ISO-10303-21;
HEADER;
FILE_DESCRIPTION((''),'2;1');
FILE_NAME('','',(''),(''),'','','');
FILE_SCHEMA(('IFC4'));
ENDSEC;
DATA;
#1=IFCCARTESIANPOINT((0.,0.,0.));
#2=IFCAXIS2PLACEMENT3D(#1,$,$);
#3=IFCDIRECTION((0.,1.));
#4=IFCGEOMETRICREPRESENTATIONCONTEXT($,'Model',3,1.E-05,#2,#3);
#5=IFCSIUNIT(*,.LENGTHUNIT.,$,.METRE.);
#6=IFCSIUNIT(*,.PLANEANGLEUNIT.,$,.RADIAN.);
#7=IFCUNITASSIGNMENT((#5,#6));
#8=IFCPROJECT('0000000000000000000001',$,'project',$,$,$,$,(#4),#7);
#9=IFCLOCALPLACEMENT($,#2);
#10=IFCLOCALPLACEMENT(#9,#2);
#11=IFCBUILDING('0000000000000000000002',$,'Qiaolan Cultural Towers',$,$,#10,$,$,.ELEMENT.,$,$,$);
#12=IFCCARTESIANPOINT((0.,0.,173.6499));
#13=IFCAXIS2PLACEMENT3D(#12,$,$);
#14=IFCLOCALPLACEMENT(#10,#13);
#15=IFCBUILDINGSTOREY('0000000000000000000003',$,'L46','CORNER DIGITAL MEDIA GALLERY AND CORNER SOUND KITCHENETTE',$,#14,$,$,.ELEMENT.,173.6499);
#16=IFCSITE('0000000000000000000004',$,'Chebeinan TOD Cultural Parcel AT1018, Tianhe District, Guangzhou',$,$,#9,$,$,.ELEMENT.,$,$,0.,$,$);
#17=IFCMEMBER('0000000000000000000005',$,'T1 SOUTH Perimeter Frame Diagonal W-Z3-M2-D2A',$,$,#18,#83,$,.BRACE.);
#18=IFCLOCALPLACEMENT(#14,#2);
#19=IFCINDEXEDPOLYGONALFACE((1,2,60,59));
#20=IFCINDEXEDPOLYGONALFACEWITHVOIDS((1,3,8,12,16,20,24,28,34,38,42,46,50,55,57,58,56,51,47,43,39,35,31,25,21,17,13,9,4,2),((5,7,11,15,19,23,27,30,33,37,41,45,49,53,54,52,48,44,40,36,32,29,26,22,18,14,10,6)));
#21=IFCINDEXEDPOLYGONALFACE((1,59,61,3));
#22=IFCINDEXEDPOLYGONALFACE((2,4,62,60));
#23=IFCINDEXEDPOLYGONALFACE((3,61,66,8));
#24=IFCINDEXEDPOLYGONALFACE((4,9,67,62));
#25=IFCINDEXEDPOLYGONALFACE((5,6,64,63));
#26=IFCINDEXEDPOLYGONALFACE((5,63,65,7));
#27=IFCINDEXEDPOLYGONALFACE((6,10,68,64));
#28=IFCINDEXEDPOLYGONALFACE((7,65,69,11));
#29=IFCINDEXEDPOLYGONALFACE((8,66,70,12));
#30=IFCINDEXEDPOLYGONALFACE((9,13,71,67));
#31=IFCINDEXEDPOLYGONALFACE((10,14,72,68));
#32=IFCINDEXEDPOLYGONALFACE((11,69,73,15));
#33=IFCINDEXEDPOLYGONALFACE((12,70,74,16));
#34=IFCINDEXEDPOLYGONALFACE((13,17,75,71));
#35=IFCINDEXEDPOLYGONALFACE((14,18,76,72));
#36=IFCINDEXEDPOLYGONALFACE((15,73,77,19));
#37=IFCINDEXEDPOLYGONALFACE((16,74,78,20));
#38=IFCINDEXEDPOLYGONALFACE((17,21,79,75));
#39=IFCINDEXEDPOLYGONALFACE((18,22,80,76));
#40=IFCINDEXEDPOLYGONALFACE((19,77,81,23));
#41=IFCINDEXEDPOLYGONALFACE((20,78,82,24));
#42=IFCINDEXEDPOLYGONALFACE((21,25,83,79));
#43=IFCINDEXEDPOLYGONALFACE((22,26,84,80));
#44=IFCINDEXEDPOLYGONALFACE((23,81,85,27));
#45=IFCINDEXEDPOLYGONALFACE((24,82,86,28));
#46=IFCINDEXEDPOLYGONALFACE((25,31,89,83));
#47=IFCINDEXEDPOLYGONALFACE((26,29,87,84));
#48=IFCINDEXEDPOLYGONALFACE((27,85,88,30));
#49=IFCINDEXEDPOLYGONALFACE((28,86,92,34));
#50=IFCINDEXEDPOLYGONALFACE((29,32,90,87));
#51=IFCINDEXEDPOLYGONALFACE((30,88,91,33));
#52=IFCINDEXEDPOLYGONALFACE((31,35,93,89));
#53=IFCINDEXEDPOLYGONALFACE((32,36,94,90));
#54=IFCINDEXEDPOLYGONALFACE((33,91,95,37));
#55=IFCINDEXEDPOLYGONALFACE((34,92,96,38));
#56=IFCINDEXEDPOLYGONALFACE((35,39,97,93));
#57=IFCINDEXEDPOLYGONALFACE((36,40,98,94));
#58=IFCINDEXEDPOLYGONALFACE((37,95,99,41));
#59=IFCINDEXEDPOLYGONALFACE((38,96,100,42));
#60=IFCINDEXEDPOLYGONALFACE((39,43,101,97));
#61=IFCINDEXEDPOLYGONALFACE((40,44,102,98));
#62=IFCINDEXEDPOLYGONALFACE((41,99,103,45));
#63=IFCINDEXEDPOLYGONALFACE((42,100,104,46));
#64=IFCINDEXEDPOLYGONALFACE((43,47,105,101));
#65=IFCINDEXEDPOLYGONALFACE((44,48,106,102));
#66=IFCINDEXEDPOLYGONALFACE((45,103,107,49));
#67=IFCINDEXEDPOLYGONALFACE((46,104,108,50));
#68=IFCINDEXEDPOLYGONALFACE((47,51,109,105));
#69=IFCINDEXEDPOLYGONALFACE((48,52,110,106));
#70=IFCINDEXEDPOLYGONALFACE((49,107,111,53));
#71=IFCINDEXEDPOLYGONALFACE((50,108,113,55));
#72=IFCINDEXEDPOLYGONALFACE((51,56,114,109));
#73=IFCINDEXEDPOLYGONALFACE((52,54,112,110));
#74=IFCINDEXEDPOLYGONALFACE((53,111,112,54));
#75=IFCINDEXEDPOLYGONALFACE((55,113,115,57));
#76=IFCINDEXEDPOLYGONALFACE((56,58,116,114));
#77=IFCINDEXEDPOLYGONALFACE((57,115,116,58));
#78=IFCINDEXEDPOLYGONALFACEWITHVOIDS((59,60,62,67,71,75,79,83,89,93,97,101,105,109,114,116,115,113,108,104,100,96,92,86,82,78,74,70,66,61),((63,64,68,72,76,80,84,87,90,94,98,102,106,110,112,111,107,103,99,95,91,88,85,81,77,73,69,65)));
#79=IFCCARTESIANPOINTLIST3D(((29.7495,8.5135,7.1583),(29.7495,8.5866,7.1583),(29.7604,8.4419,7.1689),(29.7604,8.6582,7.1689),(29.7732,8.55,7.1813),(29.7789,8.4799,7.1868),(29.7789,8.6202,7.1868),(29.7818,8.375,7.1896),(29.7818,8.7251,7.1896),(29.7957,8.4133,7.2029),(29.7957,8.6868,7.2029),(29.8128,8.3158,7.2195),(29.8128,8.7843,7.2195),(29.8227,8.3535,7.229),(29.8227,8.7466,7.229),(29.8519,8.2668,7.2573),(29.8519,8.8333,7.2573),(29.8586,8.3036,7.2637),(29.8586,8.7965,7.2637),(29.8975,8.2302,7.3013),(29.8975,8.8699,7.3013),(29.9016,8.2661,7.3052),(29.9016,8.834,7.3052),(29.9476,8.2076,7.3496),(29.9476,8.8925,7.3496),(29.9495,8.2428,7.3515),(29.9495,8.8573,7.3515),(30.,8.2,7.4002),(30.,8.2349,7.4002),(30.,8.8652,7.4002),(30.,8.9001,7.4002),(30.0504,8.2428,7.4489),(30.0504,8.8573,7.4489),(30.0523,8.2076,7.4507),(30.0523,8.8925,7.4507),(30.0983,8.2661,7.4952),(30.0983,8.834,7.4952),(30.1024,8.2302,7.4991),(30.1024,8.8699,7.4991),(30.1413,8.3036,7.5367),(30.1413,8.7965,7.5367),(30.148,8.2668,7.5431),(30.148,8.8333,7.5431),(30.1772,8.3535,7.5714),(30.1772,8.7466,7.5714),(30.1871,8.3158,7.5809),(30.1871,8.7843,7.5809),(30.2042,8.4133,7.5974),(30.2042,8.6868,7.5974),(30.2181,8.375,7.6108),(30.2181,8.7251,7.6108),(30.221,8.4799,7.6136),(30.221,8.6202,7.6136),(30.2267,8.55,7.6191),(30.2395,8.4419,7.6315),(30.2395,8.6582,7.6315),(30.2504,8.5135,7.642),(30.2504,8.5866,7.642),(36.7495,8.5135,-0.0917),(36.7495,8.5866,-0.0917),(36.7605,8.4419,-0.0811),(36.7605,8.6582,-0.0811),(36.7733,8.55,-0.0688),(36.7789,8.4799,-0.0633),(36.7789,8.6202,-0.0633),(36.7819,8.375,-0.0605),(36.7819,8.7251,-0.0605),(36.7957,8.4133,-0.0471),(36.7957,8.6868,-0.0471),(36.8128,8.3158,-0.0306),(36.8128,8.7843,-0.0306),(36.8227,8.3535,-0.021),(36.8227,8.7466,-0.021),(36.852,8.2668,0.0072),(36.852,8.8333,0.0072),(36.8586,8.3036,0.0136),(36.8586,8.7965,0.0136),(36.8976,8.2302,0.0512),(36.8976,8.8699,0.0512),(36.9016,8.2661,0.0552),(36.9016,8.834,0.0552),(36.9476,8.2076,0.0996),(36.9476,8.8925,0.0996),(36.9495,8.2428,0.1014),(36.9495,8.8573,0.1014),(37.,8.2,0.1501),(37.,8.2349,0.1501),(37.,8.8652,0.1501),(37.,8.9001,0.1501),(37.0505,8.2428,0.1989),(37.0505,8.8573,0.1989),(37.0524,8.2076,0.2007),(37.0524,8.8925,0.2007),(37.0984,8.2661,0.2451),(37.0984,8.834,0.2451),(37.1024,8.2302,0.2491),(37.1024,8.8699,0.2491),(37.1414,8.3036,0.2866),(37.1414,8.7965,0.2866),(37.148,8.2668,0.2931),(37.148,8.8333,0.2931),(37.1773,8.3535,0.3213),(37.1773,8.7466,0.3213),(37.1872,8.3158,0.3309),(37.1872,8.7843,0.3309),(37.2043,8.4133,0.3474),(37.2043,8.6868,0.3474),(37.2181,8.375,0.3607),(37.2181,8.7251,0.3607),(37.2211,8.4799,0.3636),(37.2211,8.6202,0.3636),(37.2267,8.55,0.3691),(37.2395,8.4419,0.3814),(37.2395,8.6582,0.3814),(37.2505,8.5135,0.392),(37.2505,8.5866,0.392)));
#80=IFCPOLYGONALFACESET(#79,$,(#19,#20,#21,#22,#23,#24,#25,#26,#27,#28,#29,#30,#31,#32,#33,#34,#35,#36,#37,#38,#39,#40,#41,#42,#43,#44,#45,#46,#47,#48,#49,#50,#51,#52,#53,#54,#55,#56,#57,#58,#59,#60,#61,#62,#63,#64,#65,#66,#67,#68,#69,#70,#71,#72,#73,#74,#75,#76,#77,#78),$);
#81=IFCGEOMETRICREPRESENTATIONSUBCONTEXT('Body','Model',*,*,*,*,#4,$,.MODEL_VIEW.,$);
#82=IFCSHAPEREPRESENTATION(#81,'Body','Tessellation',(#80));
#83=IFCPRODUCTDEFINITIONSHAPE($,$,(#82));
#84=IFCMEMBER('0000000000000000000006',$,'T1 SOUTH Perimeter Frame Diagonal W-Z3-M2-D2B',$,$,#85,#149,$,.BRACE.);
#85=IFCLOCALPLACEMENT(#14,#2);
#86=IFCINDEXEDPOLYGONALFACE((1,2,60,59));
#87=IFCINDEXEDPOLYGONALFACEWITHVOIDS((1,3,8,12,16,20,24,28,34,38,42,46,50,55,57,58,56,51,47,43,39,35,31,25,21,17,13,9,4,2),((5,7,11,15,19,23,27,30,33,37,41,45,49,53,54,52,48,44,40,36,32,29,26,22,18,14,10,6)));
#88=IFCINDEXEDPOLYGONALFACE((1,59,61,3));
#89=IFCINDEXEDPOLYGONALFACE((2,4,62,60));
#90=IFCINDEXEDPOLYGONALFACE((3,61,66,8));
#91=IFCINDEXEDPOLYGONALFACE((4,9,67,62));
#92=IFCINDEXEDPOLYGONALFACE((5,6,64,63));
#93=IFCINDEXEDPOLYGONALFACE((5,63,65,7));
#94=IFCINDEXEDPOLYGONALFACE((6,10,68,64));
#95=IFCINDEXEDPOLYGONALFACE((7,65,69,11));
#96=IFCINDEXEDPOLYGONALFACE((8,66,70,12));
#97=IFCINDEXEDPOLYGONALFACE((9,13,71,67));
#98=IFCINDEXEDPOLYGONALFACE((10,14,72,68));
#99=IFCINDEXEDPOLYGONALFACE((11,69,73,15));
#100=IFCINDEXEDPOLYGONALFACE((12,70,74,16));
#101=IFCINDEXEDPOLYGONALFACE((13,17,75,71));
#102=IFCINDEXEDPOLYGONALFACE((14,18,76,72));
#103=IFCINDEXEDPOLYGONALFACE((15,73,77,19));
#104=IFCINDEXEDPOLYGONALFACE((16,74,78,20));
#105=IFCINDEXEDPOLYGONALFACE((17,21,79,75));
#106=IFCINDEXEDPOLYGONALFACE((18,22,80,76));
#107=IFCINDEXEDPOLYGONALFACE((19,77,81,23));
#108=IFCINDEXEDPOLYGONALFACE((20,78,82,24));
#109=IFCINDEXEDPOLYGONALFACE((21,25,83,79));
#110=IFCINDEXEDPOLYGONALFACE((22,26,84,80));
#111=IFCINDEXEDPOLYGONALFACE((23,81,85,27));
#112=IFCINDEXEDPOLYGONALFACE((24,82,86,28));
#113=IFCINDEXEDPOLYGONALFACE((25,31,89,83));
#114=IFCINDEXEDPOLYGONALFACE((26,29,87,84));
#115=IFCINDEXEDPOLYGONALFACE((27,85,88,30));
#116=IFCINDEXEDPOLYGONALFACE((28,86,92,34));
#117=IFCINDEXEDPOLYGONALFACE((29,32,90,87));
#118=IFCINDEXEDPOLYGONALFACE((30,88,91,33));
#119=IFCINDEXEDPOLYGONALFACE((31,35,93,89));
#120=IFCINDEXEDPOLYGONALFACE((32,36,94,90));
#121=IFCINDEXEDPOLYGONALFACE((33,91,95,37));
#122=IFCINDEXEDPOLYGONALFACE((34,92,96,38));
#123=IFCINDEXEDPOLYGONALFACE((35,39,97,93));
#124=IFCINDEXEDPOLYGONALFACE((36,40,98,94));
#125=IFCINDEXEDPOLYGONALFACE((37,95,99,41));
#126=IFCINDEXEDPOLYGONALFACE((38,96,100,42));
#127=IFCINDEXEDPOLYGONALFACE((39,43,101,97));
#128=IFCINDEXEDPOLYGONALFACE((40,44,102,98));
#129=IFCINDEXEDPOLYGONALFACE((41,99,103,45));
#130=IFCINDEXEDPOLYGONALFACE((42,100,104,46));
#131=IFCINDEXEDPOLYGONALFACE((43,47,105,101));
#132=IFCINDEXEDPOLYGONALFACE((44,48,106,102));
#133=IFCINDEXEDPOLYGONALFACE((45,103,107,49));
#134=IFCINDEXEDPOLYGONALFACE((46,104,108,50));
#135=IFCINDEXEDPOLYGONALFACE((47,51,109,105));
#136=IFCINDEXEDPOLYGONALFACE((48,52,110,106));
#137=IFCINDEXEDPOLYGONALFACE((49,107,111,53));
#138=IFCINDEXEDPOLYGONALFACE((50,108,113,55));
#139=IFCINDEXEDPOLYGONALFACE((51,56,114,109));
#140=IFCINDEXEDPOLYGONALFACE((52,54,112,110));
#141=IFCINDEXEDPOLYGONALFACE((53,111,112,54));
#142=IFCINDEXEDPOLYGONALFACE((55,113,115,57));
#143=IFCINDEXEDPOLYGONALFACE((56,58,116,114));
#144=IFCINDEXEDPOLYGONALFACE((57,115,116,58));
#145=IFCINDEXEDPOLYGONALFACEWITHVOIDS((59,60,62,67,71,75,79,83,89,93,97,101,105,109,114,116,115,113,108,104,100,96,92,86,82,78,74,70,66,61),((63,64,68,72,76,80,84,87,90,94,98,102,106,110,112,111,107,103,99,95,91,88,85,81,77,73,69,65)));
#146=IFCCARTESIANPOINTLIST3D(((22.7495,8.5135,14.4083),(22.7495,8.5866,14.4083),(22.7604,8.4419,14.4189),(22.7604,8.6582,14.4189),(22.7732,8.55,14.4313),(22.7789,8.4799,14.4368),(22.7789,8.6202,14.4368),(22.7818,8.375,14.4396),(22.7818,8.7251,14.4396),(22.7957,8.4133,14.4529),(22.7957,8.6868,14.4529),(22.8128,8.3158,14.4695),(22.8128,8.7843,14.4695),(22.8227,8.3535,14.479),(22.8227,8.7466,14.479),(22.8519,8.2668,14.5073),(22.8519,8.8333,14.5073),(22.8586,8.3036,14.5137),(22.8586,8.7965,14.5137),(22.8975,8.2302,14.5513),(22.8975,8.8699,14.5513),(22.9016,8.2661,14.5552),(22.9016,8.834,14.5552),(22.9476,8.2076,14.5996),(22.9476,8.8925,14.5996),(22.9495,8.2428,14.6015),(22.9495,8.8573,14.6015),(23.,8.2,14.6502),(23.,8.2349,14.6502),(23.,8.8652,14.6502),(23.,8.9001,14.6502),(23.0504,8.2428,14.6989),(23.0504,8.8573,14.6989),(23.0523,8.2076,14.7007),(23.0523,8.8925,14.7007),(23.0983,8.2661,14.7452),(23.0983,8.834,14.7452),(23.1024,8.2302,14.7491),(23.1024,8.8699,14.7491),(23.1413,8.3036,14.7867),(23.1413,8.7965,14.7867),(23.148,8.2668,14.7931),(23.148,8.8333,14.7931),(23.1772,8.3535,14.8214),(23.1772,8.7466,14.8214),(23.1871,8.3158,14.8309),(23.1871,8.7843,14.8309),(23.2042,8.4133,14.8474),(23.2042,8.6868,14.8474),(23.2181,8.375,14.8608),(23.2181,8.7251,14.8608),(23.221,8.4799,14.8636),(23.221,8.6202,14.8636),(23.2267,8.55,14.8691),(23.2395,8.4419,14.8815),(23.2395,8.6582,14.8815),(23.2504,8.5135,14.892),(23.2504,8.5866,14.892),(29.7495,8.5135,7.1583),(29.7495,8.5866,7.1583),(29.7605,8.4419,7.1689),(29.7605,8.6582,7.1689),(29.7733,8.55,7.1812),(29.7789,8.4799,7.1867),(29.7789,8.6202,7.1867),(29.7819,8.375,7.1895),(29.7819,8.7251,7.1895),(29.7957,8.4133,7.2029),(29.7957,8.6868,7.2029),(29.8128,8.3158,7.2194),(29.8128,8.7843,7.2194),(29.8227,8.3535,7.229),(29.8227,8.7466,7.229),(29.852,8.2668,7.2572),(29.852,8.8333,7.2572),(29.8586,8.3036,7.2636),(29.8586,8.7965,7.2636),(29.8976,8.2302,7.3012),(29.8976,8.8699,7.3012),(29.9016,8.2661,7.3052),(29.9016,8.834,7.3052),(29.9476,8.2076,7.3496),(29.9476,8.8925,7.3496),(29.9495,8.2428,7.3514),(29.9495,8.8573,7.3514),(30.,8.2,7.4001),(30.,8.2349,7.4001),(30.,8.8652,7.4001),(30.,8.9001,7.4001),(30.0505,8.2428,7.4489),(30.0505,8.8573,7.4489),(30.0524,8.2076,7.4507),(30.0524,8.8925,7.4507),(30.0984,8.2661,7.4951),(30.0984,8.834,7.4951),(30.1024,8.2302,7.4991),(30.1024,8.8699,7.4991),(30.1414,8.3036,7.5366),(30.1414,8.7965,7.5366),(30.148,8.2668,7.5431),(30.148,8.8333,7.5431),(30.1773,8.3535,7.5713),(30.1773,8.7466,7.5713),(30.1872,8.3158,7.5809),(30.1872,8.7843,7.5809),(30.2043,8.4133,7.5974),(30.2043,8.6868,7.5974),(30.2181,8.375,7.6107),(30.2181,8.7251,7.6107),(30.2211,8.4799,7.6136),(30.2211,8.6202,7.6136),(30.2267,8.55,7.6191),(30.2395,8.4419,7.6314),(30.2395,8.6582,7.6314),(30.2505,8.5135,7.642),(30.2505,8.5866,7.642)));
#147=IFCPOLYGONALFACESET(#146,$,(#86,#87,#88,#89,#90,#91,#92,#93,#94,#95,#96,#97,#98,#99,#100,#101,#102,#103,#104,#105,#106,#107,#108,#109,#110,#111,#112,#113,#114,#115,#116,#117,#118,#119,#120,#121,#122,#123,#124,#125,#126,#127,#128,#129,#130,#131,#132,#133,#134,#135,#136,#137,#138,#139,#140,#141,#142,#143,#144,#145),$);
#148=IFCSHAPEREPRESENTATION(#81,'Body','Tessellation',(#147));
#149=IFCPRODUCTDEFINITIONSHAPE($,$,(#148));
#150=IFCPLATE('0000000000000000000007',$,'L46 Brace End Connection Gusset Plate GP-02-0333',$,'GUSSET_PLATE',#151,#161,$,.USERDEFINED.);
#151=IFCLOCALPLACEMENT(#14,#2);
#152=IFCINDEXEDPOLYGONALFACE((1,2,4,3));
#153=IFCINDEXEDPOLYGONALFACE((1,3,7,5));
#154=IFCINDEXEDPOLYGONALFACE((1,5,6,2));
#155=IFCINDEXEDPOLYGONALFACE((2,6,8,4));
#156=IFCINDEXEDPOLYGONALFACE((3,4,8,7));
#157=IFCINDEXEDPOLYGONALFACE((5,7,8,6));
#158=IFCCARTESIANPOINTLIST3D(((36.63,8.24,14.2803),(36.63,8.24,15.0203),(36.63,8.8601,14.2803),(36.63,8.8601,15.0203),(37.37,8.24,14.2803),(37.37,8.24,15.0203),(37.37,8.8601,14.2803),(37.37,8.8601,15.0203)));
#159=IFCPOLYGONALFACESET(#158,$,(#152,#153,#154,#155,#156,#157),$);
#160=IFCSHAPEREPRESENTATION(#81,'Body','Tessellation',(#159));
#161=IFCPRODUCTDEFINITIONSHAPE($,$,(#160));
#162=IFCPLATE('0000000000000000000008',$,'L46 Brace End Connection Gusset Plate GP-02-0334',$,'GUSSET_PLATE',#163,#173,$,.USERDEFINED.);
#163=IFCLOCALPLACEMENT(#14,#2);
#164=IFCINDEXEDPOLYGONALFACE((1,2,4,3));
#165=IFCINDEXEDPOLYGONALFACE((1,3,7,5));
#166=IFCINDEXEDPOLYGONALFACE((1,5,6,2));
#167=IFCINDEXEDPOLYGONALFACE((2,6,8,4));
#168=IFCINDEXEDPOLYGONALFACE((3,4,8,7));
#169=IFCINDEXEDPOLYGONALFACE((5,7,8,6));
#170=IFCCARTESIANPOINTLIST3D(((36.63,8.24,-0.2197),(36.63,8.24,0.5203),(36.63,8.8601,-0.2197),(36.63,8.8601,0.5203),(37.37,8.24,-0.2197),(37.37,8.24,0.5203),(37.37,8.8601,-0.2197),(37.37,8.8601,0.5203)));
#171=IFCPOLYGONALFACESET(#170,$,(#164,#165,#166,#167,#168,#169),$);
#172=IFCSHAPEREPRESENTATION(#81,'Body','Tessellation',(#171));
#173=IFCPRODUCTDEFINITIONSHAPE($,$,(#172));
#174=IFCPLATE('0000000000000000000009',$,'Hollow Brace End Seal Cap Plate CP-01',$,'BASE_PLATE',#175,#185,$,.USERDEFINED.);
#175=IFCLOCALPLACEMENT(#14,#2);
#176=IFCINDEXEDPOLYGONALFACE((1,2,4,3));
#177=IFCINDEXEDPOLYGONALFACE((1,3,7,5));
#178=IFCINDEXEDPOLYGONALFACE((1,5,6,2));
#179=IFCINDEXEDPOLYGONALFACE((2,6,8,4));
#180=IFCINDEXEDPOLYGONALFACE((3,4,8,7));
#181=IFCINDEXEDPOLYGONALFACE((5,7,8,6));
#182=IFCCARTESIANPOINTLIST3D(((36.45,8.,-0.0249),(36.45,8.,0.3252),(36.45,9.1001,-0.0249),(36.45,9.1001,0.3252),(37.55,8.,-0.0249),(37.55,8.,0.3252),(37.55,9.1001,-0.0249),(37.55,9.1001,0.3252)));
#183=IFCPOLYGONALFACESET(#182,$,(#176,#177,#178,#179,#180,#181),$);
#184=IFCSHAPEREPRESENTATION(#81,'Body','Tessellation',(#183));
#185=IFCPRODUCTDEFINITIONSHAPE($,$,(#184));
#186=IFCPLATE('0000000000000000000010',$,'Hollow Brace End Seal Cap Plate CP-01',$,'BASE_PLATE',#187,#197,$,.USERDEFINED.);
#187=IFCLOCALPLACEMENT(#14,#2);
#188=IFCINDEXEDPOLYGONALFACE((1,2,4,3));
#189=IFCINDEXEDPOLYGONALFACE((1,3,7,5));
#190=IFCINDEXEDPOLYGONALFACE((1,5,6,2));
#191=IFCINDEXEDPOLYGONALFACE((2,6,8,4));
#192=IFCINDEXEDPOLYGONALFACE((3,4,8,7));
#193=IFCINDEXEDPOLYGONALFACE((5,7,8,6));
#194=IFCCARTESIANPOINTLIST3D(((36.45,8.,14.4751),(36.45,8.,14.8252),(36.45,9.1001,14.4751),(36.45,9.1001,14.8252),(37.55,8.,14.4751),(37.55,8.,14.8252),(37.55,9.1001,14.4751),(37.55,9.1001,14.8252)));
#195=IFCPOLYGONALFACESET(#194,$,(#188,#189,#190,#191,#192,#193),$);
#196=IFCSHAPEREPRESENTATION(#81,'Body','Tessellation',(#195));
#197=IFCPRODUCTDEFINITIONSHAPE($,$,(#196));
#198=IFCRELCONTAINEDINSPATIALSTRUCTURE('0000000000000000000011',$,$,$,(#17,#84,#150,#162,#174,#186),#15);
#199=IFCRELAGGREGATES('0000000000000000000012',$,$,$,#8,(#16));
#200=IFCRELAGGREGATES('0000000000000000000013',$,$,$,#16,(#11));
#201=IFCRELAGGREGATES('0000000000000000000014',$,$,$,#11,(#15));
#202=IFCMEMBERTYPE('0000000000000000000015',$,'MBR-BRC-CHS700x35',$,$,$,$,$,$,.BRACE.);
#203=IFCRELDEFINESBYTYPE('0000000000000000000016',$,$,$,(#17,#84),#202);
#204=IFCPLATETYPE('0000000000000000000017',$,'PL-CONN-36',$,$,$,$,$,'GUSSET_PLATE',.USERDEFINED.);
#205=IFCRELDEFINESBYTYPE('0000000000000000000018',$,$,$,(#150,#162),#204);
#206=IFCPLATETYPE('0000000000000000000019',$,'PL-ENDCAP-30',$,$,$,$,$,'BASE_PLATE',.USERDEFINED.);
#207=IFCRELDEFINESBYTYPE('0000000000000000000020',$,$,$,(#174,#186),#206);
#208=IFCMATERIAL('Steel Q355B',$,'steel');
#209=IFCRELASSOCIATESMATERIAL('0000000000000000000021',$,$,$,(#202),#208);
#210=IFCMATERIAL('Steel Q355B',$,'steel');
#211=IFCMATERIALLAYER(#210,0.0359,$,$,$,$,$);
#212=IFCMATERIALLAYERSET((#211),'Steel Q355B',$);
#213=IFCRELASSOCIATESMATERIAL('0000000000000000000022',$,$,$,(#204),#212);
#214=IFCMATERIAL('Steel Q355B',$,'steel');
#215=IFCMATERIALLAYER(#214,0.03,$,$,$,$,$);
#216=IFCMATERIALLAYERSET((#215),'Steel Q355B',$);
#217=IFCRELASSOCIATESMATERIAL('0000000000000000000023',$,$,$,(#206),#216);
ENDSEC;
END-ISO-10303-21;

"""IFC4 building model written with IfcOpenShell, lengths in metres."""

from ifc_helpers import new_model, si_unit, direction, frame, origin, origin_2d, place, context, subcontext, project, spatial, rectangle, hollow_circle, extrude, material, layer, layer_set, material_profile, profile_set, type_object, element, save


model = new_model("IFC4")

# Units and contexts
model_context = context("Model", 3, precision=1e-05, world=origin(), true_north=direction((0.0, 1.0)))
body_context = subcontext(model_context, "Body", "Model", "MODEL_VIEW")
ifc_project = project(units=[si_unit("LENGTHUNIT", "METRE"), si_unit("PLANEANGLEUNIT", "RADIAN")], contexts=[model_context])

# Site, building, storey
site_placement = place(None, origin())
site = spatial("IfcSite", under=ifc_project, at=site_placement, Name="Chebeinan TOD Cultural Parcel AT1018, Tianhe District, Guangzhou", CompositionType="ELEMENT", RefElevation=0.0)
building_placement = place(site_placement, origin())
building = spatial("IfcBuilding", under=site, at=building_placement, Name="Qiaolan Cultural Towers", CompositionType="ELEMENT")
storey_placement = place(building_placement, frame((0.0, 0.0, 173.6499)))
storey = spatial("IfcBuildingStorey", under=building, at=storey_placement, Name="L46", Description="CORNER DIGITAL MEDIA GALLERY AND CORNER SOUND KITCHENETTE", CompositionType="ELEMENT", Elevation=173.6499)

# Members
ifc_material_1 = material(Name="Steel Q355B", Category="steel")
ifc_material_profile_1 = material_profile(ifc_material_1, hollow_circle(Radius=0.3501, WallThickness=0.0349, at=origin_2d()), Name="CHS700x35")
ifc_profile_set_1 = profile_set([ifc_material_profile_1], Name="Steel Q355B")
member_type = type_object("IfcMemberType", Name="MBR-BRC-CHS700x35", PredefinedType="BRACE", material=ifc_profile_set_1)
for number, where, z_axis, x_axis, name in (
    (1, (37.0, 8.55, 0.1501), (-0.694595, 0.0, 0.719401), (0.0, -1.0, 0.0), "T1 SOUTH Perimeter Frame Diagonal W-Z3-M2-D2A"),
    (2, (30.0, 8.55, 7.4001), (-0.694595, 0.0, 0.719401), (0.0, -1.0, 0.0), "T1 SOUTH Perimeter Frame Diagonal W-Z3-M2-D2B"),
):
    element("IfcMember", number, at=place(storey_placement, frame(where, z_axis=z_axis, x_axis=x_axis)), inside=storey, type_object=member_type, Name=name, PredefinedType="BRACE", context=body_context, shape_type="SweptSolid", body=[
        extrude(hollow_circle(Radius=0.3501, WallThickness=0.0349, at=origin_2d()), origin(), (0.0, 0.0, 1.0), 10.0779),
    ])

# Plates
ifc_material_2 = material(Name="Steel Q355B", Category="steel")
ifc_layer_1 = layer(ifc_material_2, 0.0359)
ifc_layer_set_1 = layer_set([ifc_layer_1], Name="Steel Q355B")
plate_type_1 = type_object("IfcPlateType", Name="PL-CONN-36", ElementType="GUSSET_PLATE", PredefinedType="USERDEFINED", material=ifc_layer_set_1)
for number, where, z_axis, x_axis, name in (
    (3, (37.0, 8.55, 14.2803), (0.0, 0.0, 1.0), (1.0, 0.0, 0.0), "L46 Brace End Connection Gusset Plate GP-02-0333"),
    (4, (37.0, 8.55, -0.2197), (0.0, 0.0, 1.0), (1.0, 0.0, 0.0), "L46 Brace End Connection Gusset Plate GP-02-0334"),
):
    element("IfcPlate", number, at=place(storey_placement, frame(where, z_axis=z_axis, x_axis=x_axis)), inside=storey, type_object=plate_type_1, Name=name, ObjectType="GUSSET_PLATE", PredefinedType="USERDEFINED", context=body_context, shape_type="SweptSolid", body=[
        extrude(rectangle(XDim=0.74, YDim=0.6201, at=origin_2d()), origin(), (0.0, 0.0, 1.0), 0.74),
    ])
ifc_material_3 = material(Name="Steel Q355B", Category="steel")
ifc_layer_2 = layer(ifc_material_3, 0.03)
ifc_layer_set_2 = layer_set([ifc_layer_2], Name="Steel Q355B")
plate_type_2 = type_object("IfcPlateType", Name="PL-ENDCAP-30", ElementType="BASE_PLATE", PredefinedType="USERDEFINED", material=ifc_layer_set_2)
for number, where, z_axis, x_axis, name in (
    (5, (37.0, 8.55, -0.0249), (0.0, 0.0, 1.0), (1.0, 0.0, 0.0), "Hollow Brace End Seal Cap Plate CP-01"),
    (6, (37.0, 8.55, 14.4751), (0.0, 0.0, 1.0), (1.0, 0.0, 0.0), "Hollow Brace End Seal Cap Plate CP-01"),
):
    element("IfcPlate", number, at=place(storey_placement, frame(where, z_axis=z_axis, x_axis=x_axis)), inside=storey, type_object=plate_type_2, Name=name, ObjectType="BASE_PLATE", PredefinedType="USERDEFINED", context=body_context, shape_type="SweptSolid", body=[
        extrude(rectangle(XDim=1.1001, YDim=1.1001, at=origin_2d()), origin(), (0.0, 0.0, 1.0), 0.3501),
    ])

save(model, "model.ifc")
